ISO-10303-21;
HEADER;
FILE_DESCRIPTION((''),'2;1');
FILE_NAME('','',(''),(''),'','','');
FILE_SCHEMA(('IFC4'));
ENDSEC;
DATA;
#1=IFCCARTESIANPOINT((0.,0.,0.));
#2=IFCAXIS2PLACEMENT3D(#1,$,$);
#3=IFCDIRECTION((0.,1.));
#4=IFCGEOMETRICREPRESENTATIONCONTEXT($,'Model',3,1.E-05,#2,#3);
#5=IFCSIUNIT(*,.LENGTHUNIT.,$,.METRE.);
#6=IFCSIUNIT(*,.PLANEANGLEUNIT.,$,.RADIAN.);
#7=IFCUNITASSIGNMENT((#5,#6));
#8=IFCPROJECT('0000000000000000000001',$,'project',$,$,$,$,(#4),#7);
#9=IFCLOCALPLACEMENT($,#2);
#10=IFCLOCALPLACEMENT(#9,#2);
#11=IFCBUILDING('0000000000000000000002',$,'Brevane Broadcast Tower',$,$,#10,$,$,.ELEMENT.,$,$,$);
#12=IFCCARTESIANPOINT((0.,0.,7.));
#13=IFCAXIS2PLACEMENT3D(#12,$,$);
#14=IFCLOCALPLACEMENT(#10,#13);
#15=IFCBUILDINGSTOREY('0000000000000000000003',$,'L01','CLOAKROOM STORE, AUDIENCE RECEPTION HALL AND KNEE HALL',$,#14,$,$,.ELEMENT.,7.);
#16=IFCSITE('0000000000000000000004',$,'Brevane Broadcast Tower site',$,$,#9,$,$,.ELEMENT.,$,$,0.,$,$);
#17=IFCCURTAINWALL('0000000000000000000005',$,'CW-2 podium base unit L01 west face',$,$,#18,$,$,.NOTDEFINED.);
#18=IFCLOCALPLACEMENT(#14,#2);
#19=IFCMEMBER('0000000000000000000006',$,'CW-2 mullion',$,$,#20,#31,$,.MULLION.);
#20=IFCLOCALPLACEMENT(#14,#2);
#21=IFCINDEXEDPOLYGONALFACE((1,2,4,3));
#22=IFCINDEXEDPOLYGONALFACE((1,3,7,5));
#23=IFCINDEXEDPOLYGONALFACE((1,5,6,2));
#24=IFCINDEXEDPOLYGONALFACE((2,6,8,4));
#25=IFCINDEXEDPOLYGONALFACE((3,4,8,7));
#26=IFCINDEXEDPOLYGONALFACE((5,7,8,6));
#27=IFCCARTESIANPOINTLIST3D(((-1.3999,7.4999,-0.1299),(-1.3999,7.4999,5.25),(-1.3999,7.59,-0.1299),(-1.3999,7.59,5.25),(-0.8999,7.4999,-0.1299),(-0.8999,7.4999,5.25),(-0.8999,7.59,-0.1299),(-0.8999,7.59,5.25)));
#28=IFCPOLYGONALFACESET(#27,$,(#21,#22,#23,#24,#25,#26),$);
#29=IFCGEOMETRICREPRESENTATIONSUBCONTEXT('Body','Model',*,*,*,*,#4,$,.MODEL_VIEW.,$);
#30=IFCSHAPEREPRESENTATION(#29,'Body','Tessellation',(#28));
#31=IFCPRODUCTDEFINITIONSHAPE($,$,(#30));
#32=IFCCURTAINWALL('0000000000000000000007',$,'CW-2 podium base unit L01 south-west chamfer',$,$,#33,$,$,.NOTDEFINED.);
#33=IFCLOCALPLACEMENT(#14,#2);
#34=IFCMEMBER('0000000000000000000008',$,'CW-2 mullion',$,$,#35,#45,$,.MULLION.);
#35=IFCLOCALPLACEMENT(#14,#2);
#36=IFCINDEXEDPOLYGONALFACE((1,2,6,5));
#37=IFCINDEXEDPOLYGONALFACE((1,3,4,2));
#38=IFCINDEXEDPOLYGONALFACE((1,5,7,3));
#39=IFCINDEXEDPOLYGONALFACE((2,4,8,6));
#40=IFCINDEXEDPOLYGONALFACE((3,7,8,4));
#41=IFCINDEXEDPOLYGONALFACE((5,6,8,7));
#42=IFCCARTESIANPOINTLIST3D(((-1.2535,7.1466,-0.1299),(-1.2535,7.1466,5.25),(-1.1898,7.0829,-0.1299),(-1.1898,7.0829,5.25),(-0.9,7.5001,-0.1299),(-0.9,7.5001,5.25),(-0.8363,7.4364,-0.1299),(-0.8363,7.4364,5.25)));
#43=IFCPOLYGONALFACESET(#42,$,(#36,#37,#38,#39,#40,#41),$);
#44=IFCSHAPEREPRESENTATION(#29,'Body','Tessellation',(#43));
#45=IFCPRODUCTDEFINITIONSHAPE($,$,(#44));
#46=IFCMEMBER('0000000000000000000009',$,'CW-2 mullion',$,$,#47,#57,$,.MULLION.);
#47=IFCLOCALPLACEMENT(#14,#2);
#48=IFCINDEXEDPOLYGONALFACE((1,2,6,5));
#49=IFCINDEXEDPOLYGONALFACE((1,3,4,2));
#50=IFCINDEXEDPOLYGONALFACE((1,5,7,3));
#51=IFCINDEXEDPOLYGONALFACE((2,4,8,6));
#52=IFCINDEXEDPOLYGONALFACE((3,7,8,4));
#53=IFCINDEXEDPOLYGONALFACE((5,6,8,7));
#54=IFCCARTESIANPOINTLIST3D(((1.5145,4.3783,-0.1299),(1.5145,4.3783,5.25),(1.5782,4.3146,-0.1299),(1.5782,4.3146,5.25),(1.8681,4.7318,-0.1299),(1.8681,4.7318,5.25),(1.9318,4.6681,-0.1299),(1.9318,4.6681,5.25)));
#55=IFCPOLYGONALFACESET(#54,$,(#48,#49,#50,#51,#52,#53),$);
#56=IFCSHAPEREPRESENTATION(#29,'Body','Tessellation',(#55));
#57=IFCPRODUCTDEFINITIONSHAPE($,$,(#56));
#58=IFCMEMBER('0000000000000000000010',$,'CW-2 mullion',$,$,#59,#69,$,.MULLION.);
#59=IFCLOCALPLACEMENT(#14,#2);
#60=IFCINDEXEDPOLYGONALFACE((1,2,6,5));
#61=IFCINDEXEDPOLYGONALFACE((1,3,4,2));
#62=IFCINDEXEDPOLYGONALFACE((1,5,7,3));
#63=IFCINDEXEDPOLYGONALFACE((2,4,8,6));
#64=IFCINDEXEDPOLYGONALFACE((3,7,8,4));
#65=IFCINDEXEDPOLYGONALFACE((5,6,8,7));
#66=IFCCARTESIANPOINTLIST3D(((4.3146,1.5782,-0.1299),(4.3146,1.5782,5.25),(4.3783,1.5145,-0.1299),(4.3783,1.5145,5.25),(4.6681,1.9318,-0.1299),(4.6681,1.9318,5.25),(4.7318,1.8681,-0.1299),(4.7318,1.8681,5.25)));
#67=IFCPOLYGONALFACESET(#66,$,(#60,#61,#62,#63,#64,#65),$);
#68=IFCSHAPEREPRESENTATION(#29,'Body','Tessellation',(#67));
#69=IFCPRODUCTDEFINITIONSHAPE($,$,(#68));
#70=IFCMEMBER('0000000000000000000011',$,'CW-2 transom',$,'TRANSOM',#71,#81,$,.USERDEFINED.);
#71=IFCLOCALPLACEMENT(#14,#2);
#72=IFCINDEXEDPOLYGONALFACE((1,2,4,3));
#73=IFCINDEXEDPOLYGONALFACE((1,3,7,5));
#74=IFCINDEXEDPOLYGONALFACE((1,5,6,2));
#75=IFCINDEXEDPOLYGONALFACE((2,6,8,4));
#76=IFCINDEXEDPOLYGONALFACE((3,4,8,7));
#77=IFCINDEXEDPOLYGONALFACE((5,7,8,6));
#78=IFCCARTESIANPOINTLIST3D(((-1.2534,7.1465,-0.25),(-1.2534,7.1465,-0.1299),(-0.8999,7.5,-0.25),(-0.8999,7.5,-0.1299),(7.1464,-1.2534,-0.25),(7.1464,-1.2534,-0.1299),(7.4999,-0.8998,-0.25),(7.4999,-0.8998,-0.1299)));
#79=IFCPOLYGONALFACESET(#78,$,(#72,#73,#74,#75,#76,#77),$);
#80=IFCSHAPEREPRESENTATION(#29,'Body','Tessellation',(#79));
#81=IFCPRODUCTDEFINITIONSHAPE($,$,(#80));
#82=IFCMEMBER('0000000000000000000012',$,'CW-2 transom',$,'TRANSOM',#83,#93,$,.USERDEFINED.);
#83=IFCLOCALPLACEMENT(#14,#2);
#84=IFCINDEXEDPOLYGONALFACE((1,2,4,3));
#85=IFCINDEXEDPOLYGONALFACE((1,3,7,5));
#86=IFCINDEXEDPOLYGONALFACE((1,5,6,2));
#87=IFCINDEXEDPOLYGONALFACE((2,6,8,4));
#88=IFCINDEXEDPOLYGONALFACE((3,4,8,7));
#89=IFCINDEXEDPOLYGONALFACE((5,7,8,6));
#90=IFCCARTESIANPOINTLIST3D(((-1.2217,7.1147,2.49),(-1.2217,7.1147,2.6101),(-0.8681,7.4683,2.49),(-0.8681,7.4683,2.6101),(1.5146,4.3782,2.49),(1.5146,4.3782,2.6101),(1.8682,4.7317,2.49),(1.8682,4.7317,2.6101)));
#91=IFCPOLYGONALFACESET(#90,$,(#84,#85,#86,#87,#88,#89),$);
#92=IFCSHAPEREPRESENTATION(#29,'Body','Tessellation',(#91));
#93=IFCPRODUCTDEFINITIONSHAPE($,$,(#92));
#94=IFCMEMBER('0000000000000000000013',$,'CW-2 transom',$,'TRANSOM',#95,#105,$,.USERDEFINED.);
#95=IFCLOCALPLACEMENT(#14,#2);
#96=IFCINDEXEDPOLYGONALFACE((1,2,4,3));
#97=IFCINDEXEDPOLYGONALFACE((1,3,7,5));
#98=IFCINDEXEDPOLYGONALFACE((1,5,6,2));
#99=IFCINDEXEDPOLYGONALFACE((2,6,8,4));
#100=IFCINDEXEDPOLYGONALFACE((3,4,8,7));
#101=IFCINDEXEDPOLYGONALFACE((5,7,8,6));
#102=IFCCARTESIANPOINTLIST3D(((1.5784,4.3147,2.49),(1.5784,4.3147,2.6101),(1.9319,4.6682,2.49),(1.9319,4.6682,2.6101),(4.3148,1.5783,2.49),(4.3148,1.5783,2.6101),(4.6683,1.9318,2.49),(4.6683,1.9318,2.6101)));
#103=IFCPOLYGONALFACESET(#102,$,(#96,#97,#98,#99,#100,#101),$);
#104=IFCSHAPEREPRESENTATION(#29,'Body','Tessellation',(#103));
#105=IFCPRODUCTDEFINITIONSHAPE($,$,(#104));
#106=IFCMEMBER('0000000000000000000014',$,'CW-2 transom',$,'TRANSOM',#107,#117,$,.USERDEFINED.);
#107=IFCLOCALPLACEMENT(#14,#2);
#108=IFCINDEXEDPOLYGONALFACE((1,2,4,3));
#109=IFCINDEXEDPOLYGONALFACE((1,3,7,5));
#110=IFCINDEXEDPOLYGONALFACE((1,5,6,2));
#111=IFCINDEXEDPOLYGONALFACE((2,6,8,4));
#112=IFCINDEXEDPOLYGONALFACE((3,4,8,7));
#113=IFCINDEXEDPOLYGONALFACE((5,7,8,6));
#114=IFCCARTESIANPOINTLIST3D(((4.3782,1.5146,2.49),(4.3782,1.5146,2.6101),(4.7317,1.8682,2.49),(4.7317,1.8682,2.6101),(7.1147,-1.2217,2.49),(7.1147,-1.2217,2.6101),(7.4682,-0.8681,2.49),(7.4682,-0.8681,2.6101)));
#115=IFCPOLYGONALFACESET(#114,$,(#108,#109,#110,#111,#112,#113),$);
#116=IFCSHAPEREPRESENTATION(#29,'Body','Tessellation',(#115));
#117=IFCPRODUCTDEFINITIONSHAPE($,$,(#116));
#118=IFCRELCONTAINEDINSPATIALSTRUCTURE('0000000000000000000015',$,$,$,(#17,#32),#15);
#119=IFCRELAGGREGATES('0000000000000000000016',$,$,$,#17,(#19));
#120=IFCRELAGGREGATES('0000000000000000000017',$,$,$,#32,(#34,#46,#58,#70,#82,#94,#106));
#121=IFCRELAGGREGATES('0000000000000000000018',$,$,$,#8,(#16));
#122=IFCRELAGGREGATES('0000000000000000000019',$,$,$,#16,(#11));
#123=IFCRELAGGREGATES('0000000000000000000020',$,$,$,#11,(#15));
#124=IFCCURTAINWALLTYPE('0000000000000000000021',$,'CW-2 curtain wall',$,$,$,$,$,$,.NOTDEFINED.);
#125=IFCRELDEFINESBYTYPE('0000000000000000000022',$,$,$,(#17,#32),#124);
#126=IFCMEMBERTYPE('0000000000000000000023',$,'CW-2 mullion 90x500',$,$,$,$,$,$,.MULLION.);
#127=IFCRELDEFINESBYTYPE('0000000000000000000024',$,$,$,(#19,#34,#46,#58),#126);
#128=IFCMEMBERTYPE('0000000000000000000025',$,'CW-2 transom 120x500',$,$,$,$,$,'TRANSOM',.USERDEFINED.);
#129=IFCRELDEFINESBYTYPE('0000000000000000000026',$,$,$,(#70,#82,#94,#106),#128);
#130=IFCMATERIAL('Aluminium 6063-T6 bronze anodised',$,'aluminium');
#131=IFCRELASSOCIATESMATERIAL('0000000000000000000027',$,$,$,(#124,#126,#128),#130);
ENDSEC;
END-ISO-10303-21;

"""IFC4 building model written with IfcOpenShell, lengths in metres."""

from ifc_helpers import new_model, si_unit, direction, frame, origin, origin_2d, place, context, subcontext, project, spatial, rectangle, extrude, material, material_profile, profile_set, type_object, element, aggregate, save


model = new_model("IFC4")

# Units and contexts
model_context = context("Model", 3, precision=1e-05, world=origin(), true_north=direction((0.0, 1.0)))
body_context = subcontext(model_context, "Body", "Model", "MODEL_VIEW")
ifc_project = project(units=[si_unit("LENGTHUNIT", "METRE"), si_unit("PLANEANGLEUNIT", "RADIAN")], contexts=[model_context])

# Site, building, storey
site_placement = place(None, origin())
site = spatial("IfcSite", under=ifc_project, at=site_placement, Name="Brevane Broadcast Tower site", CompositionType="ELEMENT", RefElevation=0.0)
building_placement = place(site_placement, origin())
building = spatial("IfcBuilding", under=site, at=building_placement, Name="Brevane Broadcast Tower", CompositionType="ELEMENT")
storey_placement = place(building_placement, frame((0.0, 0.0, 7.0)))
storey = spatial("IfcBuildingStorey", under=building, at=storey_placement, Name="L01", Description="CLOAKROOM STORE, AUDIENCE RECEPTION HALL AND KNEE HALL", CompositionType="ELEMENT", Elevation=7.0)

# Curtain wall, member
ifc_material_1 = material(Name="Aluminium 6063-T6 bronze anodised", Category="aluminium")
curtain_wall_type = type_object("IfcCurtainWallType", Name="CW-2 curtain wall", PredefinedType="NOTDEFINED", material=ifc_material_1)
curtain_wall_1_placement = place(storey_placement, origin())
curtain_wall_1 = element("IfcCurtainWall", 1, at=curtain_wall_1_placement, inside=storey, type_object=curtain_wall_type, Name="CW-2 podium base unit L01 west face", PredefinedType="NOTDEFINED")
ifc_material_profile_1 = material_profile(ifc_material_1, rectangle(XDim=0.5, YDim=0.0901, at=origin_2d()), Name="RECT 90x500")
ifc_profile_set_1 = profile_set([ifc_material_profile_1], Name="Aluminium 6063-T6 bronze anodised")
member_type_1 = type_object("IfcMemberType", Name="CW-2 mullion 90x500", PredefinedType="MULLION", material=ifc_profile_set_1)
member_1_placement = place(storey_placement, frame((-1.1499, 7.5449, -0.1299), z_axis=(0.0, 0.0, 1.0), x_axis=(1.0, 0.0, 0.0)))
member_1 = element("IfcMember", 2, at=member_1_placement, type_object=member_type_1, Name="CW-2 mullion", PredefinedType="MULLION", context=body_context, shape_type="SweptSolid", body=[
    extrude(rectangle(XDim=0.5, YDim=0.0901, at=origin_2d()), origin(), (0.0, 0.0, 1.0), 5.3799),
])
aggregate(curtain_wall_1, [member_1])

# Curtain wall, members
curtain_wall_2_placement = place(storey_placement, origin())
curtain_wall_2 = element("IfcCurtainWall", 3, at=curtain_wall_2_placement, inside=storey, type_object=curtain_wall_type, Name="CW-2 podium base unit L01 south-west chamfer", PredefinedType="NOTDEFINED")
member_2_placement = place(storey_placement, frame((-1.0449, 7.2915, -0.1299), z_axis=(0.0, 0.0, 1.0), x_axis=(0.707107, 0.707107, 0.0)))
member_2 = element("IfcMember", 4, at=member_2_placement, type_object=member_type_1, Name="CW-2 mullion", PredefinedType="MULLION", context=body_context, shape_type="SweptSolid", body=[
    extrude(rectangle(XDim=0.5, YDim=0.0901, at=origin_2d()), origin(), (0.0, 0.0, 1.0), 5.3799),
])
member_3_placement = place(storey_placement, frame((1.7231, 4.5232, -0.1299), z_axis=(0.0, 0.0, 1.0), x_axis=(0.707107, 0.707107, 0.0)))
member_3 = element("IfcMember", 5, at=member_3_placement, type_object=member_type_1, Name="CW-2 mullion", PredefinedType="MULLION", context=body_context, shape_type="SweptSolid", body=[
    extrude(rectangle(XDim=0.5, YDim=0.0901, at=origin_2d()), origin(), (0.0, 0.0, 1.0), 5.3799),
])
member_4_placement = place(storey_placement, frame((4.5232, 1.7231, -0.1299), z_axis=(0.0, 0.0, 1.0), x_axis=(0.707107, 0.707107, 0.0)))
member_4 = element("IfcMember", 6, at=member_4_placement, type_object=member_type_1, Name="CW-2 mullion", PredefinedType="MULLION", context=body_context, shape_type="SweptSolid", body=[
    extrude(rectangle(XDim=0.5, YDim=0.0901, at=origin_2d()), origin(), (0.0, 0.0, 1.0), 5.3799),
])
ifc_material_profile_2 = material_profile(ifc_material_1, rectangle(XDim=0.5, YDim=0.1201, at=origin_2d()), Name="RECT 120x500")
ifc_profile_set_2 = profile_set([ifc_material_profile_2], Name="Aluminium 6063-T6 bronze anodised")
member_type_2 = type_object("IfcMemberType", Name="CW-2 transom 120x500", ElementType="TRANSOM", PredefinedType="USERDEFINED", material=ifc_profile_set_2)
member_5_placement = place(storey_placement, frame((-1.0767, 7.3232, -0.1899), z_axis=(0.707107, -0.707107, 0.0), x_axis=(0.707107, 0.707107, 0.0)))
member_5 = element("IfcMember", 7, at=member_5_placement, type_object=member_type_2, Name="CW-2 transom", ObjectType="TRANSOM", PredefinedType="USERDEFINED", context=body_context, shape_type="SweptSolid", body=[
    extrude(rectangle(XDim=0.5, YDim=0.1201, at=origin_2d()), origin(), (0.0, 0.0, 1.0), 11.8792),
])
member_6_placement = place(storey_placement, frame((-1.0449, 7.2915, 2.55), z_axis=(0.707075, -0.707138, 0.0), x_axis=(0.707138, 0.707075, 0.0)))
member_6 = element("IfcMember", 8, at=member_6_placement, type_object=member_type_2, Name="CW-2 transom", ObjectType="TRANSOM", PredefinedType="USERDEFINED", context=body_context, shape_type="SweptSolid", body=[
    extrude(rectangle(XDim=0.5, YDim=0.1201, at=origin_2d()), origin(), (0.0, 0.0, 1.0), 3.8699),
])
member_7_placement = place(storey_placement, frame((1.7551, 4.4915, 2.55), z_axis=(0.707107, -0.707107, 0.0), x_axis=(0.707107, 0.707107, 0.0)))
member_7 = element("IfcMember", 9, at=member_7_placement, type_object=member_type_2, Name="CW-2 transom", ObjectType="TRANSOM", PredefinedType="USERDEFINED", context=body_context, shape_type="SweptSolid", body=[
    extrude(rectangle(XDim=0.5, YDim=0.1201, at=origin_2d()), origin(), (0.0, 0.0, 1.0), 3.8699),
])
member_8_placement = place(storey_placement, frame((4.5549, 1.6914, 2.55), z_axis=(0.707138, -0.707075, 0.0), x_axis=(0.707075, 0.707138, 0.0)))
member_8 = element("IfcMember", 10, at=member_8_placement, type_object=member_type_2, Name="CW-2 transom", ObjectType="TRANSOM", PredefinedType="USERDEFINED", context=body_context, shape_type="SweptSolid", body=[
    extrude(rectangle(XDim=0.5, YDim=0.1201, at=origin_2d()), origin(), (0.0, 0.0, 1.0), 3.8699),
])
aggregate(curtain_wall_2, [member_2, member_3, member_4, member_5, member_6, member_7, member_8])

save(model, "model.ifc")
